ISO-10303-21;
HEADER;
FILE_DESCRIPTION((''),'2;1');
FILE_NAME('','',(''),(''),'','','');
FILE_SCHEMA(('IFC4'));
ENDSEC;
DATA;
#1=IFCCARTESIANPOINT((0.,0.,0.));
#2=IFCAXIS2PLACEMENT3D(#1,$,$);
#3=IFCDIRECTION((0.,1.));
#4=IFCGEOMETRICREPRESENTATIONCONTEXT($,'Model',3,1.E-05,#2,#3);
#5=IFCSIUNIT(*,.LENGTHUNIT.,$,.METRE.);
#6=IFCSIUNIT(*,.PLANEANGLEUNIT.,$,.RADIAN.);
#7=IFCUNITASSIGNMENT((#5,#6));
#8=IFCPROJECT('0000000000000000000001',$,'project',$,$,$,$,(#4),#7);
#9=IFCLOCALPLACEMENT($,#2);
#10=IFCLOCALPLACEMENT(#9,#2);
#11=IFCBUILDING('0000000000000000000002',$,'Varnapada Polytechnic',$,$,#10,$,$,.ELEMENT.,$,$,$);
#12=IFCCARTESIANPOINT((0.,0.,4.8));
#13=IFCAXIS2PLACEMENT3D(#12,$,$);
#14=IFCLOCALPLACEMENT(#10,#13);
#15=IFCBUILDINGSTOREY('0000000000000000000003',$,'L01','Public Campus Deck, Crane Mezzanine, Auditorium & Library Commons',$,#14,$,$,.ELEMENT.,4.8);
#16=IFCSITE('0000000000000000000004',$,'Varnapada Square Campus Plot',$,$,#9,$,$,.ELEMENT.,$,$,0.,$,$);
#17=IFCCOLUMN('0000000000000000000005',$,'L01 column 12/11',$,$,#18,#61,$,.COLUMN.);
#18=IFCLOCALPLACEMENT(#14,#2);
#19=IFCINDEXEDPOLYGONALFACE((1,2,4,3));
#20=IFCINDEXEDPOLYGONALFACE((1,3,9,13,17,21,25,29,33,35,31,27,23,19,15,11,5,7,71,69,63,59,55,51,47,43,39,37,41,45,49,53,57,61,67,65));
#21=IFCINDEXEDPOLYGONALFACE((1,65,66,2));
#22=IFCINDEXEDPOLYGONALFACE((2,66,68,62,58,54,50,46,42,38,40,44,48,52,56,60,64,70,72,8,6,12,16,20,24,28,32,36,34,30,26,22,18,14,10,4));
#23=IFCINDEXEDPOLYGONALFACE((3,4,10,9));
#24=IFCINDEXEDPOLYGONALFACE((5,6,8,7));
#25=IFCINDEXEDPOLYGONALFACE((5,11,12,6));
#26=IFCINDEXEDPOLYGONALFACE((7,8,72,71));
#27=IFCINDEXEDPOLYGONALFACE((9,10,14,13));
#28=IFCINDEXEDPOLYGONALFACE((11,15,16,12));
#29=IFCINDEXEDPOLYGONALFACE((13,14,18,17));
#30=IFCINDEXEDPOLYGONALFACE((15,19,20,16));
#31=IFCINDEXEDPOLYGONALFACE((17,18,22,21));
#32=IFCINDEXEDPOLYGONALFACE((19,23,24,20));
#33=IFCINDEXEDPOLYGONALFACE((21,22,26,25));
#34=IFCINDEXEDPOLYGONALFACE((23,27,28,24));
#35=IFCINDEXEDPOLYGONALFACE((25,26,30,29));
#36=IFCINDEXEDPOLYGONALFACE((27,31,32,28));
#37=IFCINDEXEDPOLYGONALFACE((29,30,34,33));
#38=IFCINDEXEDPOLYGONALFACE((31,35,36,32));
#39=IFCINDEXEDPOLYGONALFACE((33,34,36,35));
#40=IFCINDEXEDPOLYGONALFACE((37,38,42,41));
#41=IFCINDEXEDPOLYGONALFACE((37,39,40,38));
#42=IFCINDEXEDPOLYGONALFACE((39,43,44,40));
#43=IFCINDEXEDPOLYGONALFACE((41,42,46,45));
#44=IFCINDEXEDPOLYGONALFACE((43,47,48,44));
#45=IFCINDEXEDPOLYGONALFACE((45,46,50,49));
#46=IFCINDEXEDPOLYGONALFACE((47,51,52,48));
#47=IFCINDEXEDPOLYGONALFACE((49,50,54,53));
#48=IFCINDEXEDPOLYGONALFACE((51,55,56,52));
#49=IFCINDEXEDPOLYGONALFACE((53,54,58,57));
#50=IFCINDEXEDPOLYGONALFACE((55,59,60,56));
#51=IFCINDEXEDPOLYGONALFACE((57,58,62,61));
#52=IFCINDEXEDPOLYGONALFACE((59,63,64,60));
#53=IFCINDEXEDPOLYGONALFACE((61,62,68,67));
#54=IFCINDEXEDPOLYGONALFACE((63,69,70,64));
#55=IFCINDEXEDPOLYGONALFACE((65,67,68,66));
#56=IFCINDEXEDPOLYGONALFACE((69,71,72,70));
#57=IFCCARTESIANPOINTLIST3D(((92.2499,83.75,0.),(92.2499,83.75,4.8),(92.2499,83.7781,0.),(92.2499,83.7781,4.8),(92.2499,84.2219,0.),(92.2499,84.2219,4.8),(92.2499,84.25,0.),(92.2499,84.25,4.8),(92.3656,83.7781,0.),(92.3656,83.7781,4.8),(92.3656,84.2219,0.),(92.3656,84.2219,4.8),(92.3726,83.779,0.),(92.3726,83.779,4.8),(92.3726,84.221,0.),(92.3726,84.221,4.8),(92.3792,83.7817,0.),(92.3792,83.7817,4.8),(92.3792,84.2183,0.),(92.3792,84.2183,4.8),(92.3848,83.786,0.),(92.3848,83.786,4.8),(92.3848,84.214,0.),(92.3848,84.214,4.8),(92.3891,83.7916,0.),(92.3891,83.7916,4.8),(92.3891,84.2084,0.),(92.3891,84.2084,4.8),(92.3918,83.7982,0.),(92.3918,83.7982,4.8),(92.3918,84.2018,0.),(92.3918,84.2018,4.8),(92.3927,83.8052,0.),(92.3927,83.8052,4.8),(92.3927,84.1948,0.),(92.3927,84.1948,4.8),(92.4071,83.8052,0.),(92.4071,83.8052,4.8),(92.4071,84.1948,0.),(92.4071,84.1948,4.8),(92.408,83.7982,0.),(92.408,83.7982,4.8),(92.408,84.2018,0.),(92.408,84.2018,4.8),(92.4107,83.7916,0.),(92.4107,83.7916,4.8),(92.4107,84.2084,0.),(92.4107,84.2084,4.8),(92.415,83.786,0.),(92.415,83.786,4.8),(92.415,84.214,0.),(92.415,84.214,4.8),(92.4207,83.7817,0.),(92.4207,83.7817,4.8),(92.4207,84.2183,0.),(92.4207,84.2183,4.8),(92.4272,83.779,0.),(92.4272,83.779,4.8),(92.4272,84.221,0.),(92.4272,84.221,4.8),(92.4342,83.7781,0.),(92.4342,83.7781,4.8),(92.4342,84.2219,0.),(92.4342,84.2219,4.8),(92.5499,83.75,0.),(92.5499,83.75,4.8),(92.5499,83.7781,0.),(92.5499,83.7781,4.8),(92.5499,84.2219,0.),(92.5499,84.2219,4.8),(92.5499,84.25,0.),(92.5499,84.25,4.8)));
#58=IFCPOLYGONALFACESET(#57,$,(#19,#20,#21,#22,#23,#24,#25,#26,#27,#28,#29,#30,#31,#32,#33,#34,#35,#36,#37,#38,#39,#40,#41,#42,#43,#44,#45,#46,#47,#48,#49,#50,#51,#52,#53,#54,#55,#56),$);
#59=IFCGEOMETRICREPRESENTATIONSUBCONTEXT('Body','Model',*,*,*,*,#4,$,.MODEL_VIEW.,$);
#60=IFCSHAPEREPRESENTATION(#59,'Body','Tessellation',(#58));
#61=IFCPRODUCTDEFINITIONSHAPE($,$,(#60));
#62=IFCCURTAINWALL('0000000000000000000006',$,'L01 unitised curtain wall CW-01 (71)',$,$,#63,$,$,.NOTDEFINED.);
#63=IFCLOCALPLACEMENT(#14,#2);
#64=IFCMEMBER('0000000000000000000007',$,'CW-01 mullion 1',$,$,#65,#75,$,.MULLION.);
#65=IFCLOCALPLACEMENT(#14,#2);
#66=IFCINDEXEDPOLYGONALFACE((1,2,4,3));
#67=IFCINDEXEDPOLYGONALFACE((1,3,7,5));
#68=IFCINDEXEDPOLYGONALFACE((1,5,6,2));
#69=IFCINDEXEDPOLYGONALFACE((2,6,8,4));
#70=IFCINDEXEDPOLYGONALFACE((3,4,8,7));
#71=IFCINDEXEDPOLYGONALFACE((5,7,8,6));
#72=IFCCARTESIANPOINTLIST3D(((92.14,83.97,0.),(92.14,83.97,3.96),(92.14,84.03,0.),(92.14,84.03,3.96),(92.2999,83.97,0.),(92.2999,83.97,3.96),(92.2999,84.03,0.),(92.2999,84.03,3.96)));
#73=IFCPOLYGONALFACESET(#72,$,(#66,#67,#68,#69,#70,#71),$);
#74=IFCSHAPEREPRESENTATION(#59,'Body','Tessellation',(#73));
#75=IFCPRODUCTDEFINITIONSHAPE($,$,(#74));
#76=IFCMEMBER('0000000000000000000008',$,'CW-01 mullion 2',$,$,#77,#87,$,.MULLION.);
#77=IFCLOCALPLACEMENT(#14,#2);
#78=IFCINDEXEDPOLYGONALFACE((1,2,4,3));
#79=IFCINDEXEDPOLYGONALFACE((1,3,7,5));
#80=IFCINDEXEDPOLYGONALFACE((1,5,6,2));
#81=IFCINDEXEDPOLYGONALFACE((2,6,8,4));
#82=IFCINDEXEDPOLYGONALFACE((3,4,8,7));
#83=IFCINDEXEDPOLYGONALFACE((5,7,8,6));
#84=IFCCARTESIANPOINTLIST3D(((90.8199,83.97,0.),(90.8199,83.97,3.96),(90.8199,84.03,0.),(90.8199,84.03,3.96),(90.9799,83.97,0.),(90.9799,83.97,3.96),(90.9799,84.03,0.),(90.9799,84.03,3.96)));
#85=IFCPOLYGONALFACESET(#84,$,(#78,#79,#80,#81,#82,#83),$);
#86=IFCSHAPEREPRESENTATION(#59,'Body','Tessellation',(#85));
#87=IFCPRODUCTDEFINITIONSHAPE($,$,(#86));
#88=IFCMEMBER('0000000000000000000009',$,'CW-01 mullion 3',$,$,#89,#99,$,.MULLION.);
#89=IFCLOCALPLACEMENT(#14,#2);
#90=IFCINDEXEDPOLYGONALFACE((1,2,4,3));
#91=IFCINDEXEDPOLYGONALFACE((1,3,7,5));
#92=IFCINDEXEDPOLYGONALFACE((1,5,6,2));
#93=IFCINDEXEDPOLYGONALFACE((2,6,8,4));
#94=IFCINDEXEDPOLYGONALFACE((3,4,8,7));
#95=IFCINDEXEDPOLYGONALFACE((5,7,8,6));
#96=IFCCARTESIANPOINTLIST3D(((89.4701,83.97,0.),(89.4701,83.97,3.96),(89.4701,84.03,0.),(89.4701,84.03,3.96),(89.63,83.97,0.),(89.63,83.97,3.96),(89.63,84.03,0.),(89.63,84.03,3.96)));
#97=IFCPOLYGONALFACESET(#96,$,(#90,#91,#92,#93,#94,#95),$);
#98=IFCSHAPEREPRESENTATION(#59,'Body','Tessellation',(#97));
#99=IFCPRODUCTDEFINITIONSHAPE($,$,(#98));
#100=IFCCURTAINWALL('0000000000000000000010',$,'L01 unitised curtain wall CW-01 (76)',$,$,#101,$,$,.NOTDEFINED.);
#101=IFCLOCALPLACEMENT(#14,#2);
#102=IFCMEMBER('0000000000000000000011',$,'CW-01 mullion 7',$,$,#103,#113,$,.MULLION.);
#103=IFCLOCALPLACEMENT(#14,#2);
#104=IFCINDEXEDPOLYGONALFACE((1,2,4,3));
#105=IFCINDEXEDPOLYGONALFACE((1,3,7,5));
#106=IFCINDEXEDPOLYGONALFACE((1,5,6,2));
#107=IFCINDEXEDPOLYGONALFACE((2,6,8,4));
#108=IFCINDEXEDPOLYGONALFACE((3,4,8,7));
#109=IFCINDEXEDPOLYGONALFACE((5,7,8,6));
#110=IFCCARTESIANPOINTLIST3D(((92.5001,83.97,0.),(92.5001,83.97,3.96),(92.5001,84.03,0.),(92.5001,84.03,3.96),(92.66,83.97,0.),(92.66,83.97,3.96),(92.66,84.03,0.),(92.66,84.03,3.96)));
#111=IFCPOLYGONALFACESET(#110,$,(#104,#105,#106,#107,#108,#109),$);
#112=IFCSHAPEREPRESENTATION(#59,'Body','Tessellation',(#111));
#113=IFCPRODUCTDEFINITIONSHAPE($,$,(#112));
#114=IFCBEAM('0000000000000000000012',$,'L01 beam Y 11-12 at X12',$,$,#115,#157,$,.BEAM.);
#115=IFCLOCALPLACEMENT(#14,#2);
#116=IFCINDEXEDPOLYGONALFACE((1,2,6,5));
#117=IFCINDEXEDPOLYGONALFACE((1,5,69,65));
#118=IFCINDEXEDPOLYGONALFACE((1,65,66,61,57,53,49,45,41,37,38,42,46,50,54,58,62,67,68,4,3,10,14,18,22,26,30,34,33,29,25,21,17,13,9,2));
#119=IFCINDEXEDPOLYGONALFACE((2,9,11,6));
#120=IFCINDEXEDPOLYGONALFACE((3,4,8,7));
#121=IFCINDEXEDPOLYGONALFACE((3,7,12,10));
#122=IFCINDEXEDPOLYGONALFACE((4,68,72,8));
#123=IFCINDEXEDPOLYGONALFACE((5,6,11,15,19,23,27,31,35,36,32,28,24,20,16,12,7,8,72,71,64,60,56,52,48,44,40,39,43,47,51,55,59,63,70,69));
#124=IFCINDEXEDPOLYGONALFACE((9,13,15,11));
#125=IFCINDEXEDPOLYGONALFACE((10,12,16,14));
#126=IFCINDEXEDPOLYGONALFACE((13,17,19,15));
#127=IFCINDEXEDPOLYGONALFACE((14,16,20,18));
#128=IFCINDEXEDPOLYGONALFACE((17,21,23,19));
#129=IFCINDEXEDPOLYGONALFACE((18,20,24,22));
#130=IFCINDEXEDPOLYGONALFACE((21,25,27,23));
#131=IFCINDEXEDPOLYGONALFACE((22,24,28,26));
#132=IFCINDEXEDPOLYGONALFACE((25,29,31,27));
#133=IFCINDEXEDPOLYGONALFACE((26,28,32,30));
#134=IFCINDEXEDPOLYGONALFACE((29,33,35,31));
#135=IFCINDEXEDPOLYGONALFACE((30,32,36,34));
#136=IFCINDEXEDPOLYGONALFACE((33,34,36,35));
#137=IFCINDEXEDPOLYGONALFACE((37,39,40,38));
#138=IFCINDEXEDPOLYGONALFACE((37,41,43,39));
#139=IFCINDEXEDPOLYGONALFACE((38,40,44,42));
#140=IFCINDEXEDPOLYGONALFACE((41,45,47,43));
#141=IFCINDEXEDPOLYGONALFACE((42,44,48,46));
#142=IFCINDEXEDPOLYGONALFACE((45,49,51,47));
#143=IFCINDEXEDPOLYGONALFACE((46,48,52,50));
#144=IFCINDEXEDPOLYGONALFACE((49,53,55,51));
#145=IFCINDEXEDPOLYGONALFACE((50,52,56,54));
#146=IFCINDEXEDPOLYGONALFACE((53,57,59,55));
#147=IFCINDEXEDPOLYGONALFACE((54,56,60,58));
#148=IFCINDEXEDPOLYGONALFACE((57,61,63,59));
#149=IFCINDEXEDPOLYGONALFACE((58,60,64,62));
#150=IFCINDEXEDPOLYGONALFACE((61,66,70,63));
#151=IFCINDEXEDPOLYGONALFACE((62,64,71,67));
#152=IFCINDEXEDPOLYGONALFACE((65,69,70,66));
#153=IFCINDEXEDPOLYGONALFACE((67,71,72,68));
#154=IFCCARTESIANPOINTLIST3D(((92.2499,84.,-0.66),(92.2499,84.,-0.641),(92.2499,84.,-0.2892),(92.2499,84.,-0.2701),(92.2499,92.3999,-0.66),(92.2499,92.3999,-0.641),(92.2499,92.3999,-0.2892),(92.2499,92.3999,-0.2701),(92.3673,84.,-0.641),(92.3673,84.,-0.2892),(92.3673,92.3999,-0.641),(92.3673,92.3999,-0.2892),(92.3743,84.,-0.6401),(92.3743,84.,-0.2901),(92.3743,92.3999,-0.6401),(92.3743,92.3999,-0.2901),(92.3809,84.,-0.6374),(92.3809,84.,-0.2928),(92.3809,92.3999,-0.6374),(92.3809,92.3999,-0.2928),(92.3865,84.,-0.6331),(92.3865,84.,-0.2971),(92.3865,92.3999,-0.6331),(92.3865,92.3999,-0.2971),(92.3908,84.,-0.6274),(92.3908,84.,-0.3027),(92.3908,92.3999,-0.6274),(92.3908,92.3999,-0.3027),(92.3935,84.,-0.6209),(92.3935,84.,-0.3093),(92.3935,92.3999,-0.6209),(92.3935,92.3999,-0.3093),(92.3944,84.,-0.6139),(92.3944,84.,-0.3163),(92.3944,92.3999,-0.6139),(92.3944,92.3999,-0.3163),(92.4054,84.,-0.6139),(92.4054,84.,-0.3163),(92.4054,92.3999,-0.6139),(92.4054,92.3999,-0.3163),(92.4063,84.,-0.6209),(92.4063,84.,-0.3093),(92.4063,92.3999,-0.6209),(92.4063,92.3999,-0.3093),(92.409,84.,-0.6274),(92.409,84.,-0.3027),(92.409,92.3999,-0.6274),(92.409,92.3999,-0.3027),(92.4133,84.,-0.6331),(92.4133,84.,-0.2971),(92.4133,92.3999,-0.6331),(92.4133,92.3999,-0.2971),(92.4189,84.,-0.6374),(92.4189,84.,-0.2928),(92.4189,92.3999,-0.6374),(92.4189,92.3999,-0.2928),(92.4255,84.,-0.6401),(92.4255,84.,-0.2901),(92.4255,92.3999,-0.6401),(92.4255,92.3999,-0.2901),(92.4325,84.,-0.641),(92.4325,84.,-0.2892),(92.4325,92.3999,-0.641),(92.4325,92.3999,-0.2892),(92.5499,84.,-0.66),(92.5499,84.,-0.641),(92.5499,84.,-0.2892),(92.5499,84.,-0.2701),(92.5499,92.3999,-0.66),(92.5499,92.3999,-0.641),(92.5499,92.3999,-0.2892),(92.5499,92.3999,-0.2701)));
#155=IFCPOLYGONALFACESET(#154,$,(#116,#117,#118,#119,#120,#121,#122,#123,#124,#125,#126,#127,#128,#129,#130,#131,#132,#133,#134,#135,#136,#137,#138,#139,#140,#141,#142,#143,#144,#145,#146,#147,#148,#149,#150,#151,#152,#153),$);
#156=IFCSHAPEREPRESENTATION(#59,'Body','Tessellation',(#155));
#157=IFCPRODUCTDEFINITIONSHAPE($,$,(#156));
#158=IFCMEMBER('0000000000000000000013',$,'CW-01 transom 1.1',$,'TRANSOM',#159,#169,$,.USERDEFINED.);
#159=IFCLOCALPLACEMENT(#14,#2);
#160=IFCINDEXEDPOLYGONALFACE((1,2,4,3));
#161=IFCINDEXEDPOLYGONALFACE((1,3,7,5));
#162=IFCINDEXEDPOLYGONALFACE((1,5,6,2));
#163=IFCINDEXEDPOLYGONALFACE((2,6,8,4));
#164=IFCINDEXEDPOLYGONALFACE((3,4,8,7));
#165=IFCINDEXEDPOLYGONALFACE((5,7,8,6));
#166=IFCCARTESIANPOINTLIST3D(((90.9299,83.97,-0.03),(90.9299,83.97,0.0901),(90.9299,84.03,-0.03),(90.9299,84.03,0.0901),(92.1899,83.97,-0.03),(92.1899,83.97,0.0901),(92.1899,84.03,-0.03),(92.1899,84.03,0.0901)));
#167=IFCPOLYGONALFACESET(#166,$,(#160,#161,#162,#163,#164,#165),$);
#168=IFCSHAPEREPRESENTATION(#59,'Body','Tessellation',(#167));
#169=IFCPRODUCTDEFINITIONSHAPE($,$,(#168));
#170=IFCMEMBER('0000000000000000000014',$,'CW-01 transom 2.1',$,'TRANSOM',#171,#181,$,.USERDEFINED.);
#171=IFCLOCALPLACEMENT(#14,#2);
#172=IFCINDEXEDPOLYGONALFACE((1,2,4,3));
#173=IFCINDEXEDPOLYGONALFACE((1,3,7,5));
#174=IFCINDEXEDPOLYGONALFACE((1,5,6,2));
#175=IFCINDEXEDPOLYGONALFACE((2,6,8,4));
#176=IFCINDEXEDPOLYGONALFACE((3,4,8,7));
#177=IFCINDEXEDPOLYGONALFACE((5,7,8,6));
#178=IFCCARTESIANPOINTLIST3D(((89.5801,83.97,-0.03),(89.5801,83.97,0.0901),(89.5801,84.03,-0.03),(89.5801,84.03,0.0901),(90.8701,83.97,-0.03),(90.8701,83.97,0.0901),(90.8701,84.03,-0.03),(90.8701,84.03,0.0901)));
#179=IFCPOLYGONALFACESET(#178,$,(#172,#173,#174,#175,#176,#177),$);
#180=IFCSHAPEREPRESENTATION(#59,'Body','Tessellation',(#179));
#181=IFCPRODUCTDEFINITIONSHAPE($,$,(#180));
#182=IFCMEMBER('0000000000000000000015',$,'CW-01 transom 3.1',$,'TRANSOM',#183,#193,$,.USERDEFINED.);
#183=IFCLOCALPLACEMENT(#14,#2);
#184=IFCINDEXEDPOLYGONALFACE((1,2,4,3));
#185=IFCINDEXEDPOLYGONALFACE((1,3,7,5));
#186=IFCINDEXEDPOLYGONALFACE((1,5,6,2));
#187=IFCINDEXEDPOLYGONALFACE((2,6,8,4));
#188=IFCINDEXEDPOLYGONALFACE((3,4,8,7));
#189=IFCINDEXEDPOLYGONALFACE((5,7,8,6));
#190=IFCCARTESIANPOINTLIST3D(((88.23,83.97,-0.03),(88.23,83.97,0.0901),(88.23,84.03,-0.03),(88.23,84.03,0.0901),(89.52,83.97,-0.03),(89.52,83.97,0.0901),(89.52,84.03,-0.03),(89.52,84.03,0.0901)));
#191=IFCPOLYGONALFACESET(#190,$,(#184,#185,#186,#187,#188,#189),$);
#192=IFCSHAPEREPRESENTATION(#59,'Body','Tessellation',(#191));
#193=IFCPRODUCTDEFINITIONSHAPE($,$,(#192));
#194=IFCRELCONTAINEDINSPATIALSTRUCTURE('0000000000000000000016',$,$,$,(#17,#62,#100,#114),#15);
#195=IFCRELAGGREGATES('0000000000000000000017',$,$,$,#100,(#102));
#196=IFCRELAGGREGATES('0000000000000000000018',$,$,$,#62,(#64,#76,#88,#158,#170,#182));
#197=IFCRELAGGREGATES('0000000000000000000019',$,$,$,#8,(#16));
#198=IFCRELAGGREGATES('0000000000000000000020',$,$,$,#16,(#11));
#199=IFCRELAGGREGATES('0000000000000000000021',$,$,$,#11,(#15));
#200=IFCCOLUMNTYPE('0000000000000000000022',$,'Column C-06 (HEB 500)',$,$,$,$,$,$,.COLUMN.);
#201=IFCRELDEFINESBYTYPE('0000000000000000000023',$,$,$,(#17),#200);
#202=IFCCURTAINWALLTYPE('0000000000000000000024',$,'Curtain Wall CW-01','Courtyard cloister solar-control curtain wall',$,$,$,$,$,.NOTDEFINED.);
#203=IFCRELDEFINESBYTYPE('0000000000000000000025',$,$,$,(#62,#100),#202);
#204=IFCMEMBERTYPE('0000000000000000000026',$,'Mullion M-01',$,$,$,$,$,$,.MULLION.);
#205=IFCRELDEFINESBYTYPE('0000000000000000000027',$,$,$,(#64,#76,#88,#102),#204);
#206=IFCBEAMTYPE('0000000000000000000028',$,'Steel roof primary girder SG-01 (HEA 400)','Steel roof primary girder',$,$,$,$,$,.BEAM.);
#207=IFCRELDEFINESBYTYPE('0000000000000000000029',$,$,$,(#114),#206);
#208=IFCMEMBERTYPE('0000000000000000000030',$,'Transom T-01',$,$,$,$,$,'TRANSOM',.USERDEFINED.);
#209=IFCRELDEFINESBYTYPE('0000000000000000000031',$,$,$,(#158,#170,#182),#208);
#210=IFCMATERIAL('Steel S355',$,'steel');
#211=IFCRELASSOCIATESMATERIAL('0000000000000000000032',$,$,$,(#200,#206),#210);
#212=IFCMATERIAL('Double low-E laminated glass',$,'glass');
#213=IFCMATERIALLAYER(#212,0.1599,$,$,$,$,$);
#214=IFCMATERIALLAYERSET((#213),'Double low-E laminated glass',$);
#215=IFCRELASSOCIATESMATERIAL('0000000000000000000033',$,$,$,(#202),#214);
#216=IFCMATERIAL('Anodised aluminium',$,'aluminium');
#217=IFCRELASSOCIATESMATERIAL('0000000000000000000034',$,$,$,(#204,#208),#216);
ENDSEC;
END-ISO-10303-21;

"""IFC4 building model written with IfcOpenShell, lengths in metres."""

from ifc_helpers import new_model, si_unit, direction, frame, origin, origin_2d, place, context, subcontext, project, spatial, rectangle, i_section, extrude, material, layer, layer_set, material_profile, profile_set, type_object, element, aggregate, save


model = new_model("IFC4")

# Units and contexts
model_context = context("Model", 3, precision=1e-05, world=origin(), true_north=direction((0.0, 1.0)))
body_context = subcontext(model_context, "Body", "Model", "MODEL_VIEW")
ifc_project = project(units=[si_unit("LENGTHUNIT", "METRE"), si_unit("PLANEANGLEUNIT", "RADIAN")], contexts=[model_context])

# Site, building, storey
site_placement = place(None, origin())
site = spatial("IfcSite", under=ifc_project, at=site_placement, Name="Varnapada Square Campus Plot", CompositionType="ELEMENT", RefElevation=0.0)
building_placement = place(site_placement, origin())
building = spatial("IfcBuilding", under=site, at=building_placement, Name="Varnapada Polytechnic", CompositionType="ELEMENT")
storey_placement = place(building_placement, frame((0.0, 0.0, 4.8)))
storey = spatial("IfcBuildingStorey", under=building, at=storey_placement, Name="L01", Description="Public Campus Deck, Crane Mezzanine, Auditorium & Library Commons", CompositionType="ELEMENT", Elevation=4.8)

# Column
ifc_material_1 = material(Name="Steel S355", Category="steel")
ifc_material_profile_1 = material_profile(ifc_material_1, i_section(OverallWidth=0.3, OverallDepth=0.5, WebThickness=0.0144, FlangeThickness=0.0281, FilletRadius=0.0271, at=origin_2d()), Name="HEB 500")
ifc_profile_set_1 = profile_set([ifc_material_profile_1], Name="Steel S355")
column_type = type_object("IfcColumnType", Name="Column C-06 (HEB 500)", PredefinedType="COLUMN", material=ifc_profile_set_1)
column_placement = place(storey_placement, frame((92.3999, 84.0, 0.0), z_axis=(0.0, 0.0, 1.0), x_axis=(1.0, 0.0, 0.0)))
element("IfcColumn", 1, at=column_placement, inside=storey, type_object=column_type, Name="L01 column 12/11", PredefinedType="COLUMN", context=body_context, shape_type="SweptSolid", body=[
    extrude(i_section(OverallWidth=0.3, OverallDepth=0.5, WebThickness=0.0144, FlangeThickness=0.0281, FilletRadius=0.0271, at=origin_2d()), origin(), (0.0, 0.0, 1.0), 4.8),
])

# Curtain wall, members
ifc_material_2 = material(Name="Double low-E laminated glass", Category="glass")
ifc_layer_1 = layer(ifc_material_2, 0.1599)
ifc_layer_set_1 = layer_set([ifc_layer_1], Name="Double low-E laminated glass")
curtain_wall_type = type_object("IfcCurtainWallType", Name="Curtain Wall CW-01", Description="Courtyard cloister solar-control curtain wall", PredefinedType="NOTDEFINED", material=ifc_layer_set_1)
curtain_wall_1_placement = place(storey_placement, origin())
curtain_wall_1 = element("IfcCurtainWall", 2, at=curtain_wall_1_placement, inside=storey, type_object=curtain_wall_type, Name="L01 unitised curtain wall CW-01 (71)", PredefinedType="NOTDEFINED")
ifc_material_3 = material(Name="Anodised aluminium", Category="aluminium")
ifc_material_profile_2 = material_profile(ifc_material_3, rectangle(XDim=0.0601, YDim=0.1599, at=origin_2d()), Name="ALU M60x160")
ifc_profile_set_2 = profile_set([ifc_material_profile_2], Name="Anodised aluminium")
member_type_1 = type_object("IfcMemberType", Name="Mullion M-01", PredefinedType="MULLION", material=ifc_profile_set_2)
member_1_placement = place(storey_placement, frame((92.22, 84.0, 0.0), z_axis=(0.0, 0.0, 1.0), x_axis=(0.0, -1.0, 0.0)))
member_1 = element("IfcMember", 3, at=member_1_placement, type_object=member_type_1, Name="CW-01 mullion 1", PredefinedType="MULLION", context=body_context, shape_type="SweptSolid", body=[
    extrude(rectangle(XDim=0.0601, YDim=0.1599, at=origin_2d()), origin(), (0.0, 0.0, 1.0), 3.96),
])
member_2_placement = place(storey_placement, frame((90.8999, 84.0, 0.0), z_axis=(0.0, 0.0, 1.0), x_axis=(0.0, -1.0, 0.0)))
member_2 = element("IfcMember", 4, at=member_2_placement, type_object=member_type_1, Name="CW-01 mullion 2", PredefinedType="MULLION", context=body_context, shape_type="SweptSolid", body=[
    extrude(rectangle(XDim=0.0601, YDim=0.1599, at=origin_2d()), origin(), (0.0, 0.0, 1.0), 3.96),
])
member_3_placement = place(storey_placement, frame((89.55, 84.0, 0.0), z_axis=(0.0, 0.0, 1.0), x_axis=(0.0, -1.0, 0.0)))
member_3 = element("IfcMember", 5, at=member_3_placement, type_object=member_type_1, Name="CW-01 mullion 3", PredefinedType="MULLION", context=body_context, shape_type="SweptSolid", body=[
    extrude(rectangle(XDim=0.0601, YDim=0.1599, at=origin_2d()), origin(), (0.0, 0.0, 1.0), 3.96),
])

# Curtain wall, member
curtain_wall_2_placement = place(storey_placement, origin())
curtain_wall_2 = element("IfcCurtainWall", 6, at=curtain_wall_2_placement, inside=storey, type_object=curtain_wall_type, Name="L01 unitised curtain wall CW-01 (76)", PredefinedType="NOTDEFINED")
member_4_placement = place(storey_placement, frame((92.5801, 84.0, 0.0), z_axis=(0.0, 0.0, 1.0), x_axis=(0.0, -1.0, 0.0)))
member_4 = element("IfcMember", 7, at=member_4_placement, type_object=member_type_1, Name="CW-01 mullion 7", PredefinedType="MULLION", context=body_context, shape_type="SweptSolid", body=[
    extrude(rectangle(XDim=0.0601, YDim=0.1599, at=origin_2d()), origin(), (0.0, 0.0, 1.0), 3.96),
])
aggregate(curtain_wall_2, [member_4])

# Beam
ifc_material_profile_3 = material_profile(ifc_material_1, i_section(OverallWidth=0.3, OverallDepth=0.3899, WebThickness=0.011, FlangeThickness=0.019, FilletRadius=0.0271, at=origin_2d()), Name="HEA 400")
ifc_profile_set_3 = profile_set([ifc_material_profile_3], Name="Steel S355")
beam_type_1 = type_object("IfcBeamType", Name="Steel roof primary girder SG-01 (HEA 400)", Description="Steel roof primary girder", PredefinedType="BEAM", material=ifc_profile_set_3)
beam_1_placement = place(storey_placement, frame((92.3999, 84.0, -0.4651), z_axis=(0.0, 1.0, 0.0), x_axis=(-1.0, 0.0, 0.0)))
element("IfcBeam", 8, at=beam_1_placement, inside=storey, type_object=beam_type_1, Name="L01 beam Y 11-12 at X12", PredefinedType="BEAM", context=body_context, shape_type="SweptSolid", body=[
    extrude(i_section(OverallWidth=0.3, OverallDepth=0.3899, WebThickness=0.011, FlangeThickness=0.019, FilletRadius=0.0271, at=origin_2d()), origin(), (0.0, 0.0, 1.0), 8.3999),
])

# Members
ifc_material_profile_4 = material_profile(ifc_material_3, rectangle(XDim=0.0601, YDim=0.1201, at=origin_2d()), Name="ALU T60x120")
ifc_profile_set_4 = profile_set([ifc_material_profile_4], Name="Anodised aluminium")
member_type_2 = type_object("IfcMemberType", Name="Transom T-01", ElementType="TRANSOM", PredefinedType="USERDEFINED", material=ifc_profile_set_4)
member_5_placement = place(storey_placement, frame((92.1899, 84.0, 0.03), z_axis=(-1.0, 0.0, 0.0), x_axis=(0.0, -1.0, 0.0)))
member_5 = element("IfcMember", 9, at=member_5_placement, type_object=member_type_2, Name="CW-01 transom 1.1", ObjectType="TRANSOM", PredefinedType="USERDEFINED", context=body_context, shape_type="SweptSolid", body=[
    extrude(rectangle(XDim=0.0601, YDim=0.1201, at=origin_2d()), origin(), (0.0, 0.0, 1.0), 1.26),
])
member_6_placement = place(storey_placement, frame((90.8701, 84.0, 0.03), z_axis=(-1.0, 0.0, 0.0), x_axis=(0.0, -1.0, 0.0)))
member_6 = element("IfcMember", 10, at=member_6_placement, type_object=member_type_2, Name="CW-01 transom 2.1", ObjectType="TRANSOM", PredefinedType="USERDEFINED", context=body_context, shape_type="SweptSolid", body=[
    extrude(rectangle(XDim=0.0601, YDim=0.1201, at=origin_2d()), origin(), (0.0, 0.0, 1.0), 1.29),
])
member_7_placement = place(storey_placement, frame((89.52, 84.0, 0.03), z_axis=(-1.0, 0.0, 0.0), x_axis=(0.0, -1.0, 0.0)))
member_7 = element("IfcMember", 11, at=member_7_placement, type_object=member_type_2, Name="CW-01 transom 3.1", ObjectType="TRANSOM", PredefinedType="USERDEFINED", context=body_context, shape_type="SweptSolid", body=[
    extrude(rectangle(XDim=0.0601, YDim=0.1201, at=origin_2d()), origin(), (0.0, 0.0, 1.0), 1.29),
])
aggregate(curtain_wall_1, [member_1, member_2, member_3, member_5, member_6, member_7])

save(model, "model.ifc")
